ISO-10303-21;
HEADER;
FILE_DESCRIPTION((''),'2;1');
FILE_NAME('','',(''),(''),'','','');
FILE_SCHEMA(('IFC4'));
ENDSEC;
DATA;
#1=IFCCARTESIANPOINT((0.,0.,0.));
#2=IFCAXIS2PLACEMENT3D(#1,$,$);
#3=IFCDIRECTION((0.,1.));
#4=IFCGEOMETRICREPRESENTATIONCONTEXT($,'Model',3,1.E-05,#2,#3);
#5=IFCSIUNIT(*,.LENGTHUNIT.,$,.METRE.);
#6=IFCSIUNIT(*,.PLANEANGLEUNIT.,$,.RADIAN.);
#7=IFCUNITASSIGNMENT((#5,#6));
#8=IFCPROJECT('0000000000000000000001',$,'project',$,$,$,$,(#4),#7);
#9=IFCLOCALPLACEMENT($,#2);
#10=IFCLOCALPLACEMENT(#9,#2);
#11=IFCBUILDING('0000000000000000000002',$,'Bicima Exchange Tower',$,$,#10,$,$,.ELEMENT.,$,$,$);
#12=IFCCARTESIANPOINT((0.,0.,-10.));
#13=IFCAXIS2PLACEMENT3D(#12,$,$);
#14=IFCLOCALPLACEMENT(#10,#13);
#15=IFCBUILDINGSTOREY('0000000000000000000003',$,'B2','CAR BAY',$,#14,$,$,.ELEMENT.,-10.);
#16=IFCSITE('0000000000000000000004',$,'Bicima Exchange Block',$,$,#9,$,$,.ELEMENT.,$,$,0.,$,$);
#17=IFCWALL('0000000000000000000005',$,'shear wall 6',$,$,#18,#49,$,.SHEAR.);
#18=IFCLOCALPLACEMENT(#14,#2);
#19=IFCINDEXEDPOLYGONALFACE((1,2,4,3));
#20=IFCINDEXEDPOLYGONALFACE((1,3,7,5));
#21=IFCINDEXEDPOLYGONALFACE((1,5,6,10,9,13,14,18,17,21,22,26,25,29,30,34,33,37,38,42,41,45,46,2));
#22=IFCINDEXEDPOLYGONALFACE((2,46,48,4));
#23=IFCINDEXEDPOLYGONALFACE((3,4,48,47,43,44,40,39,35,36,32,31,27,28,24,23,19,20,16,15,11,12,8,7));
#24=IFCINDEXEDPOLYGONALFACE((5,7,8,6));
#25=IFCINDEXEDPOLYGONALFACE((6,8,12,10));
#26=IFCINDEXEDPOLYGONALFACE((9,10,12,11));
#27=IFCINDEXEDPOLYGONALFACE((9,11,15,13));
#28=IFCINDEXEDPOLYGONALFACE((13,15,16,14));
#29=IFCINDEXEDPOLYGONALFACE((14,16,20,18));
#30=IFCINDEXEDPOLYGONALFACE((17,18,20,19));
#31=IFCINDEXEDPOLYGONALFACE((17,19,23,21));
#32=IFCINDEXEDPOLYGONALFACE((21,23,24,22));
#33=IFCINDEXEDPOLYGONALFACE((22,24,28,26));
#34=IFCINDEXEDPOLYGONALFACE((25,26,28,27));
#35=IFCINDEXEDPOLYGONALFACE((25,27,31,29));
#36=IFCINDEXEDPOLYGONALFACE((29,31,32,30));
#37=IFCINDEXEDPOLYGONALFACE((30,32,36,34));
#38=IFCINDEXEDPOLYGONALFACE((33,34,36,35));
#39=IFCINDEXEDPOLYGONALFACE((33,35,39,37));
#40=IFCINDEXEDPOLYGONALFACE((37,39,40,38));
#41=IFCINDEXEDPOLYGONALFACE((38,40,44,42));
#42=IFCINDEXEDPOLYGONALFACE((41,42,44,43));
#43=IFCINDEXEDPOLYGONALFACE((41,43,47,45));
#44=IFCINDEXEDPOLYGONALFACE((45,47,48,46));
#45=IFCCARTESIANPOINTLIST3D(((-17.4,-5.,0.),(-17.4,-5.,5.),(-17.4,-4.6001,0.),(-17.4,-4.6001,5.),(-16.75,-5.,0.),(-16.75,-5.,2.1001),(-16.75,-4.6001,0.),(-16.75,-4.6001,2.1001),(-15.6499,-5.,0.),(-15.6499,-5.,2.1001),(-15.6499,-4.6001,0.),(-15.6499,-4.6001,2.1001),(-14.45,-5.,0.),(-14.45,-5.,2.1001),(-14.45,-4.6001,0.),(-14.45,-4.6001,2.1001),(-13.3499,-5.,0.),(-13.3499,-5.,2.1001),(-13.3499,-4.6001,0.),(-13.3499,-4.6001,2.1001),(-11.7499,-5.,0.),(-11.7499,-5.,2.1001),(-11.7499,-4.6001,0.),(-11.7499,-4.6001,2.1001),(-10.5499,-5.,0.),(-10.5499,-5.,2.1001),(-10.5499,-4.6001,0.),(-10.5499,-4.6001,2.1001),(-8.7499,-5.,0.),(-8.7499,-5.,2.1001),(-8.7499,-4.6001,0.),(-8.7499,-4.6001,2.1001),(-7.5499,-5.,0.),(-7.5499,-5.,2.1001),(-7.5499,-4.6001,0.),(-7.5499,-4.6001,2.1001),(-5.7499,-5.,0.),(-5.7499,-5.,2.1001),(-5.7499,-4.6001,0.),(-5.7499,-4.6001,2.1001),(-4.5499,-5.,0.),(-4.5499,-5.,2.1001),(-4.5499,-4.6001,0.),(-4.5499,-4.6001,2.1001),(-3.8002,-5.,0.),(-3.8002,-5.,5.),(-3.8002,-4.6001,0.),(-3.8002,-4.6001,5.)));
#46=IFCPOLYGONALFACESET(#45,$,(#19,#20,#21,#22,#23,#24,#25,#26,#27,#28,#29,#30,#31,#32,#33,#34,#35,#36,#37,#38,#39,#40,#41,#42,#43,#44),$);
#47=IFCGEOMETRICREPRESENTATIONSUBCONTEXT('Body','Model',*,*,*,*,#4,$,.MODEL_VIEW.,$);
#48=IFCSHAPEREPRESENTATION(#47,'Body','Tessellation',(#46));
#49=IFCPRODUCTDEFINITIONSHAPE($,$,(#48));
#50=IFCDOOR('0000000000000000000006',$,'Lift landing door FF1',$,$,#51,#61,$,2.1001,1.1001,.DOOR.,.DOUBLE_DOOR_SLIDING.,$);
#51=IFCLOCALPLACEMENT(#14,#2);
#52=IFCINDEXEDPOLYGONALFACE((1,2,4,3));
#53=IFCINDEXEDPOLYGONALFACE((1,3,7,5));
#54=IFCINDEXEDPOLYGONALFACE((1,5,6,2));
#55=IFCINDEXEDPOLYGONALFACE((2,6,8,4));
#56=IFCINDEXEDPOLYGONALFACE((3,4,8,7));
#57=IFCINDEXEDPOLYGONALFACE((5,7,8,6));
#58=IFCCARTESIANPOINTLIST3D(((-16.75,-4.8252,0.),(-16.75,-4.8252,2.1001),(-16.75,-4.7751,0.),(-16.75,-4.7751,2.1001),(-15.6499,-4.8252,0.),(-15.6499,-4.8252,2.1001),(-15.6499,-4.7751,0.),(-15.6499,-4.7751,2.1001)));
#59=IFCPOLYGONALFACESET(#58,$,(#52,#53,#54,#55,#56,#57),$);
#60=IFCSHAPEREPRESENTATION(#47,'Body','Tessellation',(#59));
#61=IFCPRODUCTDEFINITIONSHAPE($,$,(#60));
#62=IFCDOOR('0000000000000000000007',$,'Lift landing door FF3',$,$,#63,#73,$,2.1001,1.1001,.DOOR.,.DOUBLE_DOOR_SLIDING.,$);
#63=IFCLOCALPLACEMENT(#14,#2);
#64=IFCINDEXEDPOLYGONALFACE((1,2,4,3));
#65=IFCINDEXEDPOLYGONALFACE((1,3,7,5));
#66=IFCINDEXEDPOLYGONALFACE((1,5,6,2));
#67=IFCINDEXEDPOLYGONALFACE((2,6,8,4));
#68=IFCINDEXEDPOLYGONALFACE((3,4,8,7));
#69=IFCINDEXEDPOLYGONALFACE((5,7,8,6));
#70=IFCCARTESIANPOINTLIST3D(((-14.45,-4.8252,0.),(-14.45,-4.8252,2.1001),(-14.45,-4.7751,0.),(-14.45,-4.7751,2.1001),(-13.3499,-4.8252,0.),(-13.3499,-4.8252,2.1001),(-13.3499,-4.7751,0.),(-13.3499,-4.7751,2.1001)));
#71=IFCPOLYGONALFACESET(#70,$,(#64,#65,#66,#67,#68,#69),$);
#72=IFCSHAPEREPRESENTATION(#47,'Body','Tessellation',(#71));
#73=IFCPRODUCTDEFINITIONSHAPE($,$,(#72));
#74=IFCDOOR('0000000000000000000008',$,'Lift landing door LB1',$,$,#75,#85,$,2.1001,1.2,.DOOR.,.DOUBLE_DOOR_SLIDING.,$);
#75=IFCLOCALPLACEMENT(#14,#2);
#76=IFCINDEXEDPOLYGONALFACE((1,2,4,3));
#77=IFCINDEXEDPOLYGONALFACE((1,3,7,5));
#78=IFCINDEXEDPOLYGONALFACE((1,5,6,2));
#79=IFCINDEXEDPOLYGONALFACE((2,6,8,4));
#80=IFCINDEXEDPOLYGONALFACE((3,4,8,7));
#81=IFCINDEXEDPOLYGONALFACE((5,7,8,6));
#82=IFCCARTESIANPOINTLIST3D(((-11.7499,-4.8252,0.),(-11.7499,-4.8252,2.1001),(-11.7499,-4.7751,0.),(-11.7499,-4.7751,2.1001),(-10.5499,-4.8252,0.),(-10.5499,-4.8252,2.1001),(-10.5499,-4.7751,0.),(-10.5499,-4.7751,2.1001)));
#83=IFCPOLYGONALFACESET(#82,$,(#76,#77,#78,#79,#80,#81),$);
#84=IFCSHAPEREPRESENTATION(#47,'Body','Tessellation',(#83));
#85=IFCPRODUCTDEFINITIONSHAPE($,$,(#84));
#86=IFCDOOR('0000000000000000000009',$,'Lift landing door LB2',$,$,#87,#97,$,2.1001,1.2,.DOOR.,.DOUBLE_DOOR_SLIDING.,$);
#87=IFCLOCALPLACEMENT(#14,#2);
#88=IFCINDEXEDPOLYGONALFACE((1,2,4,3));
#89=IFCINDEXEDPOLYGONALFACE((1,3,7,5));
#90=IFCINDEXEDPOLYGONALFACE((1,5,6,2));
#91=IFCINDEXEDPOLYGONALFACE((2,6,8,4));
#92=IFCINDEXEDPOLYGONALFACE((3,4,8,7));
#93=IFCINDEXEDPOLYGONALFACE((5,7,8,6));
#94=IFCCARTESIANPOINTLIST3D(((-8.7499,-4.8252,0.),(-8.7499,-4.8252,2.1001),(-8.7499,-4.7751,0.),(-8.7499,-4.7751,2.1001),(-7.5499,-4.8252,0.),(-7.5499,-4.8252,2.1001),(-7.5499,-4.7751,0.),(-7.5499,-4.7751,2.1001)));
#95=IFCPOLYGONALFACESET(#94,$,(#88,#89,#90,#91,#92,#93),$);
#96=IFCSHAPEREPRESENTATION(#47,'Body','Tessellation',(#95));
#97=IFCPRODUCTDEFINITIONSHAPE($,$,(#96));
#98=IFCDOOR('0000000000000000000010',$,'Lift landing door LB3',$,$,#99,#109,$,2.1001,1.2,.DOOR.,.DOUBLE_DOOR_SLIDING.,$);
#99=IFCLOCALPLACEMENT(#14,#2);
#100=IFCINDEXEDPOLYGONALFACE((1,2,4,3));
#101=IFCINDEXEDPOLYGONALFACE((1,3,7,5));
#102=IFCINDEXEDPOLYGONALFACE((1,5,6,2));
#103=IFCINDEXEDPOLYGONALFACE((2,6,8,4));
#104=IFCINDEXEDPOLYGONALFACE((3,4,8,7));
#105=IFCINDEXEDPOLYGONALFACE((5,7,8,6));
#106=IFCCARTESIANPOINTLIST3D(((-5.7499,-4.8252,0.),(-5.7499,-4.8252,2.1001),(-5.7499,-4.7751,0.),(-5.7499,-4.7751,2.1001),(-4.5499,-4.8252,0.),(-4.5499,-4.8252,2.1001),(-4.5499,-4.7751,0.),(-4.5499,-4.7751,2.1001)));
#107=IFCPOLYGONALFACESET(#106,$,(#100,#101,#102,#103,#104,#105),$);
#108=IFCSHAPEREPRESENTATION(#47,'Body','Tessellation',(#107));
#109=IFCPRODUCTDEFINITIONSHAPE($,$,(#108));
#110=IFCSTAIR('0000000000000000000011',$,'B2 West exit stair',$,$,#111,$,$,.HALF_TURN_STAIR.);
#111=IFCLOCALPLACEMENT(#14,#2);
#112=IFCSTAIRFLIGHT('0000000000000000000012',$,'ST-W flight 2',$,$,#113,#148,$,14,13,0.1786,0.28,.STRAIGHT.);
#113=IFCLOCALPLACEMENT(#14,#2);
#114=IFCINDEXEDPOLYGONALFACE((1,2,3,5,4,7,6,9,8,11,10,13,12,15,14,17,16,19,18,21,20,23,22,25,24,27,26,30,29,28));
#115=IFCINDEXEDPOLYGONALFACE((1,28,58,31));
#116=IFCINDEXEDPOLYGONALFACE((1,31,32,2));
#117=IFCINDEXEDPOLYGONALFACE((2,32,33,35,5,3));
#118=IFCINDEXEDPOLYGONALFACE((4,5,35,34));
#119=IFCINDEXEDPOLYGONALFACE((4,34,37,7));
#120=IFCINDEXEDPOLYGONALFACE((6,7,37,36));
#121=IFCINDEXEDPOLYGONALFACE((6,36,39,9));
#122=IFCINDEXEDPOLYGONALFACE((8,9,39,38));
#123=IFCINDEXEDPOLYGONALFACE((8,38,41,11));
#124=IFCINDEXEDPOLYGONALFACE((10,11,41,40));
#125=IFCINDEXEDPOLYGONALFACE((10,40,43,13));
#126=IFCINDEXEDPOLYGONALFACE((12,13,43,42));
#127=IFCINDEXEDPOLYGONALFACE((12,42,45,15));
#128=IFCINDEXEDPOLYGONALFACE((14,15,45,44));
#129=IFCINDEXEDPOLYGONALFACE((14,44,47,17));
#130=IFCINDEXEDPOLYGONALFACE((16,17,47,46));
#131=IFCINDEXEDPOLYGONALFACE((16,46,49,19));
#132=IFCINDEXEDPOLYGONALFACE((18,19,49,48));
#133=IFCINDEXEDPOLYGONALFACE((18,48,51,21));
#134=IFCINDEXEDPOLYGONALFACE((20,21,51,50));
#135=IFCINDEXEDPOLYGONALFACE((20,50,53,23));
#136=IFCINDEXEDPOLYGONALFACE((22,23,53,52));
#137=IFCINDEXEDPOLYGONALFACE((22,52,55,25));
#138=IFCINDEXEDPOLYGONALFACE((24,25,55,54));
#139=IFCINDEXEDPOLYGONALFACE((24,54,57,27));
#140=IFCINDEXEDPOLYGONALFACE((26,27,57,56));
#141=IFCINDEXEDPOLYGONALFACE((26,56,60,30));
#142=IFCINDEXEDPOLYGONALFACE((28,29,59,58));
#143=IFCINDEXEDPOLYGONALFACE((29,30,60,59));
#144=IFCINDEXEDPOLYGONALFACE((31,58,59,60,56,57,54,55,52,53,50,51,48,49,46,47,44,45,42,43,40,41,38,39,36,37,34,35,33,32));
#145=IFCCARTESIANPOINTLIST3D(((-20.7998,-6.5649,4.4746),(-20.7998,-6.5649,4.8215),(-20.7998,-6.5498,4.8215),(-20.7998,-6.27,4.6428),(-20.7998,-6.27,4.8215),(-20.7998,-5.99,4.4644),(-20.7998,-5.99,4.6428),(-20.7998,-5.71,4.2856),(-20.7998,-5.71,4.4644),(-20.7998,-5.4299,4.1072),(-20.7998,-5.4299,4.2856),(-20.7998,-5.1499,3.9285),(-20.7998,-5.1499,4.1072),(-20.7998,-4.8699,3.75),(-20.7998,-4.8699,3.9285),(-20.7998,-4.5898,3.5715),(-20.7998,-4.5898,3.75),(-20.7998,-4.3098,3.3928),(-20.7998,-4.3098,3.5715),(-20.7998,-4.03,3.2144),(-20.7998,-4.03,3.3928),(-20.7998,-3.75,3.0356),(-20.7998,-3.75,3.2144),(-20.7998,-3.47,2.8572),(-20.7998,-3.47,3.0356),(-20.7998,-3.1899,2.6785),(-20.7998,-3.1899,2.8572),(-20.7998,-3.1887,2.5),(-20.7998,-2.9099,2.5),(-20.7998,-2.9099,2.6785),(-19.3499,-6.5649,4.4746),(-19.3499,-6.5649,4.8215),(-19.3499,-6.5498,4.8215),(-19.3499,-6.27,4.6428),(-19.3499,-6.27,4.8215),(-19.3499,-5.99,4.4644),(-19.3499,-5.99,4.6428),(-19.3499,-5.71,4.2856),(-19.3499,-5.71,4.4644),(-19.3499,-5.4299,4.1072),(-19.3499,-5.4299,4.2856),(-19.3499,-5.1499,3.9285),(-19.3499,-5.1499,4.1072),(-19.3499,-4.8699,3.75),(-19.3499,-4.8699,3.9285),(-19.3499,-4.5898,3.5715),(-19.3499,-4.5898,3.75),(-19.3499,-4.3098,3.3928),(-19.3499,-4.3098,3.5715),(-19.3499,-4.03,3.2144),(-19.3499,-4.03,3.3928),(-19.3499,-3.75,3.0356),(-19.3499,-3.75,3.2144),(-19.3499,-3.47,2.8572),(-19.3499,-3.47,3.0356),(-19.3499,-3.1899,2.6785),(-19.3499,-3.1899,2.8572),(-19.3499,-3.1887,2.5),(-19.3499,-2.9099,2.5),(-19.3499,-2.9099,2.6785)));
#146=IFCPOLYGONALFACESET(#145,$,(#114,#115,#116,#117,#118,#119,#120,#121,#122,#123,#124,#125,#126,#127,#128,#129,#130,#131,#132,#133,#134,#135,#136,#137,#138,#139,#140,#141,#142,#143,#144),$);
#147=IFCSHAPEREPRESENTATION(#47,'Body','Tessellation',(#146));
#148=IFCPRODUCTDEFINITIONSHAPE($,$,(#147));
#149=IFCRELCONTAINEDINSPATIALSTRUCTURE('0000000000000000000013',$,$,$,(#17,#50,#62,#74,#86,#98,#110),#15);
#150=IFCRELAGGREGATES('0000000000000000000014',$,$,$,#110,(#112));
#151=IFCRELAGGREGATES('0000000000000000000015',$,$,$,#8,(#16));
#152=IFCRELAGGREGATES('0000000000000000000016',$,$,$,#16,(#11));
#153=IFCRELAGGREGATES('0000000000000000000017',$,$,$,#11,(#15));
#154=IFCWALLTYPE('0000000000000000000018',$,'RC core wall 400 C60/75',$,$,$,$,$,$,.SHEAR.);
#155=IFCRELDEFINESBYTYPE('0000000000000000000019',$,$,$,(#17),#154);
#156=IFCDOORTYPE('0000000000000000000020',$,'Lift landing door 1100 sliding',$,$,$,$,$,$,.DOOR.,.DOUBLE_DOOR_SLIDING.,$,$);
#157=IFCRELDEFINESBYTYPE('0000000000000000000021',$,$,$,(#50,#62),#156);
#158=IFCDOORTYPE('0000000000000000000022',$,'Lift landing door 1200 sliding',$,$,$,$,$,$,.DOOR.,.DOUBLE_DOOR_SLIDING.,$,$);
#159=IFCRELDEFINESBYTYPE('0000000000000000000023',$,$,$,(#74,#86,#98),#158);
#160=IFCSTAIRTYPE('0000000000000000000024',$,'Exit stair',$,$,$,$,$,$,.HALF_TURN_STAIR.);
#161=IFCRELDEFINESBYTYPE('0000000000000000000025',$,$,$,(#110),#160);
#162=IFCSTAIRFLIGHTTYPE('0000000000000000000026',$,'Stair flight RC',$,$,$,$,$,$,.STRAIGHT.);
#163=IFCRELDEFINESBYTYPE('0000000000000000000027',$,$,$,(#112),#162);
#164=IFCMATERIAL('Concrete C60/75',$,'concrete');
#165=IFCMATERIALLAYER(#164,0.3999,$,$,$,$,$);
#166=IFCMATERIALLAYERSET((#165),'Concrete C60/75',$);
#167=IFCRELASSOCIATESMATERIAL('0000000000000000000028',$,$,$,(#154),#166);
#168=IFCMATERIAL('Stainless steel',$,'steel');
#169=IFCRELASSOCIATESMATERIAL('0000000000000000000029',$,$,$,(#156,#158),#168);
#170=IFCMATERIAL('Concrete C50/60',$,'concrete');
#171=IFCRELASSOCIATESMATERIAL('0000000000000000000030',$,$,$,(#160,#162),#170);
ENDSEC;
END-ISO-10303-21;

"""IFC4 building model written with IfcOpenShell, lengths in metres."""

from ifc_helpers import new_model, si_unit, direction, frame, frame_2d, origin, place, context, subcontext, project, spatial, polyline, rectangle, outline, extrude, material, layer, layer_set, type_object, element, fill, aggregate, save


model = new_model("IFC4")

# Units and contexts
model_context = context("Model", 3, precision=1e-05, world=origin(), true_north=direction((0.0, 1.0)))
body_context = subcontext(model_context, "Body", "Model", "MODEL_VIEW")
ifc_project = project(units=[si_unit("LENGTHUNIT", "METRE"), si_unit("PLANEANGLEUNIT", "RADIAN")], contexts=[model_context])

# Site, building, storey
site_placement = place(None, origin())
site = spatial("IfcSite", under=ifc_project, at=site_placement, Name="Bicima Exchange Block", CompositionType="ELEMENT", RefElevation=0.0)
building_placement = place(site_placement, origin())
building = spatial("IfcBuilding", under=site, at=building_placement, Name="Bicima Exchange Tower", CompositionType="ELEMENT")
storey_placement = place(building_placement, frame((0.0, 0.0, -10.0)))
storey = spatial("IfcBuildingStorey", under=building, at=storey_placement, Name="B2", Description="CAR BAY", CompositionType="ELEMENT", Elevation=-10.0)

# Shared definitions
ifc_material_1 = material(Name="Concrete C60/75", Category="concrete")

# Wall, openings, doors
ifc_layer_1 = layer(ifc_material_1, 0.3999)
ifc_layer_set_1 = layer_set([ifc_layer_1], Name="Concrete C60/75")
wall_type_1 = type_object("IfcWallType", Name="RC core wall 400 C60/75", PredefinedType="SHEAR", material=ifc_layer_set_1)
wall_1_placement = place(storey_placement, frame((-17.3999, -4.8, 0.0), z_axis=(0.0, 0.0, 1.0), x_axis=(1.0, 0.0, 0.0)))
wall_1 = element("IfcWall", 1, at=wall_1_placement, inside=storey, type_object=wall_type_1, Name="shear wall 6", PredefinedType="SHEAR", context=body_context, shape_type="SweptSolid", body=[
    extrude(rectangle(XDim=13.5999, YDim=0.3999, at=frame_2d((6.7998, 0.0))), origin(), (0.0, 0.0, 1.0), 5.0),
])
opening_1_placement = place(wall_1_placement, frame((0.6499, 0.0, 0.0)))
opening_1 = element("IfcOpeningElement", 2, at=opening_1_placement, cuts=wall_1, PredefinedType="OPENING", context=body_context, shape_type="SweptSolid", body=[
    extrude(rectangle(XDim=1.1001, YDim=2.1001, at=frame_2d((0.55, 1.05))), frame((0.0, 0.2119, 0.0), z_axis=(0.0, -1.0, 0.0), x_axis=(1.0, 0.0, 0.0)), (0.0, 0.0, 1.0), 0.4238),
])
opening_2_placement = place(wall_1_placement, frame((2.95, 0.0, 0.0)))
opening_2 = element("IfcOpeningElement", 3, at=opening_2_placement, cuts=wall_1, PredefinedType="OPENING", context=body_context, shape_type="SweptSolid", body=[
    extrude(rectangle(XDim=1.1001, YDim=2.1001, at=frame_2d((0.55, 1.05))), frame((0.0, 0.2119, 0.0), z_axis=(0.0, -1.0, 0.0), x_axis=(1.0, 0.0, 0.0)), (0.0, 0.0, 1.0), 0.4238),
])
opening_3_placement = place(wall_1_placement, frame((5.6499, 0.0, 0.0)))
opening_3 = element("IfcOpeningElement", 4, at=opening_3_placement, cuts=wall_1, PredefinedType="OPENING", context=body_context, shape_type="SweptSolid", body=[
    extrude(rectangle(XDim=1.2, YDim=2.1001, at=frame_2d((0.6001, 1.05))), frame((0.0, 0.2119, 0.0), z_axis=(0.0, -1.0, 0.0), x_axis=(1.0, 0.0, 0.0)), (0.0, 0.0, 1.0), 0.4238),
])
opening_4_placement = place(wall_1_placement, frame((8.6499, 0.0, 0.0)))
opening_4 = element("IfcOpeningElement", 5, at=opening_4_placement, cuts=wall_1, PredefinedType="OPENING", context=body_context, shape_type="SweptSolid", body=[
    extrude(rectangle(XDim=1.2, YDim=2.1001, at=frame_2d((0.6001, 1.05))), frame((0.0, 0.2119, 0.0), z_axis=(0.0, -1.0, 0.0), x_axis=(1.0, 0.0, 0.0)), (0.0, 0.0, 1.0), 0.4238),
])
opening_5_placement = place(wall_1_placement, frame((11.6499, 0.0, 0.0)))
opening_5 = element("IfcOpeningElement", 6, at=opening_5_placement, cuts=wall_1, PredefinedType="OPENING", context=body_context, shape_type="SweptSolid", body=[
    extrude(rectangle(XDim=1.2, YDim=2.1001, at=frame_2d((0.6001, 1.05))), frame((0.0, 0.2119, 0.0), z_axis=(0.0, -1.0, 0.0), x_axis=(1.0, 0.0, 0.0)), (0.0, 0.0, 1.0), 0.4238),
])
ifc_material_2 = material(Name="Stainless steel", Category="steel")
door_type_1 = type_object("IfcDoorType", Name="Lift landing door 1100 sliding", OperationType="DOUBLE_DOOR_SLIDING", PredefinedType="DOOR", material=ifc_material_2)
door_1_placement = place(opening_1_placement, origin())
door_1 = element("IfcDoor", 7, at=door_1_placement, inside=storey, type_object=door_type_1, Name="Lift landing door FF1", OperationType="DOUBLE_DOOR_SLIDING", OverallHeight=2.1001, OverallWidth=1.1001, PredefinedType="DOOR", context=body_context, shape_type="SweptSolid", body=[
    extrude(rectangle(XDim=1.1001, YDim=2.1001, at=frame_2d((0.55, 1.05))), frame((0.0, 0.0249, 0.0), z_axis=(0.0, -1.0, 0.0), x_axis=(1.0, 0.0, 0.0)), (0.0, 0.0, 1.0), 0.05),
])
fill(opening_1, door_1)
door_2_placement = place(opening_2_placement, origin())
door_2 = element("IfcDoor", 8, at=door_2_placement, inside=storey, type_object=door_type_1, Name="Lift landing door FF3", OperationType="DOUBLE_DOOR_SLIDING", OverallHeight=2.1001, OverallWidth=1.1001, PredefinedType="DOOR", context=body_context, shape_type="SweptSolid", body=[
    extrude(rectangle(XDim=1.1001, YDim=2.1001, at=frame_2d((0.55, 1.05))), frame((0.0, 0.0249, 0.0), z_axis=(0.0, -1.0, 0.0), x_axis=(1.0, 0.0, 0.0)), (0.0, 0.0, 1.0), 0.05),
])
fill(opening_2, door_2)
door_type_2 = type_object("IfcDoorType", Name="Lift landing door 1200 sliding", OperationType="DOUBLE_DOOR_SLIDING", PredefinedType="DOOR", material=ifc_material_2)
door_3_placement = place(opening_3_placement, origin())
door_3 = element("IfcDoor", 9, at=door_3_placement, inside=storey, type_object=door_type_2, Name="Lift landing door LB1", OperationType="DOUBLE_DOOR_SLIDING", OverallHeight=2.1001, OverallWidth=1.2, PredefinedType="DOOR", context=body_context, shape_type="SweptSolid", body=[
    extrude(rectangle(XDim=1.2, YDim=2.1001, at=frame_2d((0.6001, 1.05))), frame((0.0, 0.0249, 0.0), z_axis=(0.0, -1.0, 0.0), x_axis=(1.0, 0.0, 0.0)), (0.0, 0.0, 1.0), 0.05),
])
fill(opening_3, door_3)
door_4_placement = place(opening_4_placement, origin())
door_4 = element("IfcDoor", 10, at=door_4_placement, inside=storey, type_object=door_type_2, Name="Lift landing door LB2", OperationType="DOUBLE_DOOR_SLIDING", OverallHeight=2.1001, OverallWidth=1.2, PredefinedType="DOOR", context=body_context, shape_type="SweptSolid", body=[
    extrude(rectangle(XDim=1.2, YDim=2.1001, at=frame_2d((0.6001, 1.05))), frame((0.0, 0.0249, 0.0), z_axis=(0.0, -1.0, 0.0), x_axis=(1.0, 0.0, 0.0)), (0.0, 0.0, 1.0), 0.05),
])
fill(opening_4, door_4)
door_5_placement = place(opening_5_placement, origin())
door_5 = element("IfcDoor", 11, at=door_5_placement, inside=storey, type_object=door_type_2, Name="Lift landing door LB3", OperationType="DOUBLE_DOOR_SLIDING", OverallHeight=2.1001, OverallWidth=1.2, PredefinedType="DOOR", context=body_context, shape_type="SweptSolid", body=[
    extrude(rectangle(XDim=1.2, YDim=2.1001, at=frame_2d((0.6001, 1.05))), frame((0.0, 0.0249, 0.0), z_axis=(0.0, -1.0, 0.0), x_axis=(1.0, 0.0, 0.0)), (0.0, 0.0, 1.0), 0.05),
])
fill(opening_5, door_5)

# Stair, stair flight
ifc_material_3 = material(Name="Concrete C50/60", Category="concrete")
stair_type_1 = type_object("IfcStairType", Name="Exit stair", PredefinedType="HALF_TURN_STAIR", material=ifc_material_3)
stair_1_placement = place(storey_placement, origin())
stair_1 = element("IfcStair", 12, at=stair_1_placement, inside=storey, type_object=stair_type_1, Name="B2 West exit stair", PredefinedType="HALF_TURN_STAIR")
stair_flight_type_1 = type_object("IfcStairFlightType", Name="Stair flight RC", PredefinedType="STRAIGHT", material=ifc_material_3)
stair_flight_1_placement = place(storey_placement, frame((-20.075, -2.9099, 2.5), z_axis=(0.0, 0.0, 1.0), x_axis=(0.0, -1.0, 0.0)))
stair_flight_1 = element("IfcStairFlight", 13, at=stair_flight_1_placement, type_object=stair_flight_type_1, Name="ST-W flight 2", NumberOfRisers=14, NumberOfTreads=13, PredefinedType="STRAIGHT", RiserHeight=0.1786, TreadLength=0.28, context=body_context, shape_type="SweptSolid", body=[
    extrude(outline(polyline([(0.0, 0.0), (0.0, 0.1785), (0.28, 0.1785), (0.28, 0.3572), (0.5601, 0.3572), (0.5601, 0.5356), (0.8401, 0.5356), (0.8401, 0.7144), (1.1201, 0.7144), (1.1201, 0.8928), (1.3999, 0.8928), (1.3999, 1.0715), (1.6799, 1.0715), (1.6799, 1.25), (1.96, 1.25), (1.96, 1.4285), (2.24, 1.4285), (2.24, 1.6072), (2.52, 1.6072), (2.52, 1.7856), (2.8, 1.7856), (2.8, 1.9644), (3.0801, 1.9644), (3.0801, 2.1428), (3.3601, 2.1428), (3.3601, 2.3215), (3.6399, 2.3215), (3.655, 2.3215), (3.655, 1.9746), (0.2788, 0.0), (0.0, 0.0)])), frame((0.0, 0.7251, 0.0), z_axis=(0.0, -1.0, 0.0), x_axis=(1.0, 0.0, 0.0)), (0.0, 0.0, 1.0), 1.45),
])
aggregate(stair_1, [stair_flight_1])

save(model, "model.ifc")
